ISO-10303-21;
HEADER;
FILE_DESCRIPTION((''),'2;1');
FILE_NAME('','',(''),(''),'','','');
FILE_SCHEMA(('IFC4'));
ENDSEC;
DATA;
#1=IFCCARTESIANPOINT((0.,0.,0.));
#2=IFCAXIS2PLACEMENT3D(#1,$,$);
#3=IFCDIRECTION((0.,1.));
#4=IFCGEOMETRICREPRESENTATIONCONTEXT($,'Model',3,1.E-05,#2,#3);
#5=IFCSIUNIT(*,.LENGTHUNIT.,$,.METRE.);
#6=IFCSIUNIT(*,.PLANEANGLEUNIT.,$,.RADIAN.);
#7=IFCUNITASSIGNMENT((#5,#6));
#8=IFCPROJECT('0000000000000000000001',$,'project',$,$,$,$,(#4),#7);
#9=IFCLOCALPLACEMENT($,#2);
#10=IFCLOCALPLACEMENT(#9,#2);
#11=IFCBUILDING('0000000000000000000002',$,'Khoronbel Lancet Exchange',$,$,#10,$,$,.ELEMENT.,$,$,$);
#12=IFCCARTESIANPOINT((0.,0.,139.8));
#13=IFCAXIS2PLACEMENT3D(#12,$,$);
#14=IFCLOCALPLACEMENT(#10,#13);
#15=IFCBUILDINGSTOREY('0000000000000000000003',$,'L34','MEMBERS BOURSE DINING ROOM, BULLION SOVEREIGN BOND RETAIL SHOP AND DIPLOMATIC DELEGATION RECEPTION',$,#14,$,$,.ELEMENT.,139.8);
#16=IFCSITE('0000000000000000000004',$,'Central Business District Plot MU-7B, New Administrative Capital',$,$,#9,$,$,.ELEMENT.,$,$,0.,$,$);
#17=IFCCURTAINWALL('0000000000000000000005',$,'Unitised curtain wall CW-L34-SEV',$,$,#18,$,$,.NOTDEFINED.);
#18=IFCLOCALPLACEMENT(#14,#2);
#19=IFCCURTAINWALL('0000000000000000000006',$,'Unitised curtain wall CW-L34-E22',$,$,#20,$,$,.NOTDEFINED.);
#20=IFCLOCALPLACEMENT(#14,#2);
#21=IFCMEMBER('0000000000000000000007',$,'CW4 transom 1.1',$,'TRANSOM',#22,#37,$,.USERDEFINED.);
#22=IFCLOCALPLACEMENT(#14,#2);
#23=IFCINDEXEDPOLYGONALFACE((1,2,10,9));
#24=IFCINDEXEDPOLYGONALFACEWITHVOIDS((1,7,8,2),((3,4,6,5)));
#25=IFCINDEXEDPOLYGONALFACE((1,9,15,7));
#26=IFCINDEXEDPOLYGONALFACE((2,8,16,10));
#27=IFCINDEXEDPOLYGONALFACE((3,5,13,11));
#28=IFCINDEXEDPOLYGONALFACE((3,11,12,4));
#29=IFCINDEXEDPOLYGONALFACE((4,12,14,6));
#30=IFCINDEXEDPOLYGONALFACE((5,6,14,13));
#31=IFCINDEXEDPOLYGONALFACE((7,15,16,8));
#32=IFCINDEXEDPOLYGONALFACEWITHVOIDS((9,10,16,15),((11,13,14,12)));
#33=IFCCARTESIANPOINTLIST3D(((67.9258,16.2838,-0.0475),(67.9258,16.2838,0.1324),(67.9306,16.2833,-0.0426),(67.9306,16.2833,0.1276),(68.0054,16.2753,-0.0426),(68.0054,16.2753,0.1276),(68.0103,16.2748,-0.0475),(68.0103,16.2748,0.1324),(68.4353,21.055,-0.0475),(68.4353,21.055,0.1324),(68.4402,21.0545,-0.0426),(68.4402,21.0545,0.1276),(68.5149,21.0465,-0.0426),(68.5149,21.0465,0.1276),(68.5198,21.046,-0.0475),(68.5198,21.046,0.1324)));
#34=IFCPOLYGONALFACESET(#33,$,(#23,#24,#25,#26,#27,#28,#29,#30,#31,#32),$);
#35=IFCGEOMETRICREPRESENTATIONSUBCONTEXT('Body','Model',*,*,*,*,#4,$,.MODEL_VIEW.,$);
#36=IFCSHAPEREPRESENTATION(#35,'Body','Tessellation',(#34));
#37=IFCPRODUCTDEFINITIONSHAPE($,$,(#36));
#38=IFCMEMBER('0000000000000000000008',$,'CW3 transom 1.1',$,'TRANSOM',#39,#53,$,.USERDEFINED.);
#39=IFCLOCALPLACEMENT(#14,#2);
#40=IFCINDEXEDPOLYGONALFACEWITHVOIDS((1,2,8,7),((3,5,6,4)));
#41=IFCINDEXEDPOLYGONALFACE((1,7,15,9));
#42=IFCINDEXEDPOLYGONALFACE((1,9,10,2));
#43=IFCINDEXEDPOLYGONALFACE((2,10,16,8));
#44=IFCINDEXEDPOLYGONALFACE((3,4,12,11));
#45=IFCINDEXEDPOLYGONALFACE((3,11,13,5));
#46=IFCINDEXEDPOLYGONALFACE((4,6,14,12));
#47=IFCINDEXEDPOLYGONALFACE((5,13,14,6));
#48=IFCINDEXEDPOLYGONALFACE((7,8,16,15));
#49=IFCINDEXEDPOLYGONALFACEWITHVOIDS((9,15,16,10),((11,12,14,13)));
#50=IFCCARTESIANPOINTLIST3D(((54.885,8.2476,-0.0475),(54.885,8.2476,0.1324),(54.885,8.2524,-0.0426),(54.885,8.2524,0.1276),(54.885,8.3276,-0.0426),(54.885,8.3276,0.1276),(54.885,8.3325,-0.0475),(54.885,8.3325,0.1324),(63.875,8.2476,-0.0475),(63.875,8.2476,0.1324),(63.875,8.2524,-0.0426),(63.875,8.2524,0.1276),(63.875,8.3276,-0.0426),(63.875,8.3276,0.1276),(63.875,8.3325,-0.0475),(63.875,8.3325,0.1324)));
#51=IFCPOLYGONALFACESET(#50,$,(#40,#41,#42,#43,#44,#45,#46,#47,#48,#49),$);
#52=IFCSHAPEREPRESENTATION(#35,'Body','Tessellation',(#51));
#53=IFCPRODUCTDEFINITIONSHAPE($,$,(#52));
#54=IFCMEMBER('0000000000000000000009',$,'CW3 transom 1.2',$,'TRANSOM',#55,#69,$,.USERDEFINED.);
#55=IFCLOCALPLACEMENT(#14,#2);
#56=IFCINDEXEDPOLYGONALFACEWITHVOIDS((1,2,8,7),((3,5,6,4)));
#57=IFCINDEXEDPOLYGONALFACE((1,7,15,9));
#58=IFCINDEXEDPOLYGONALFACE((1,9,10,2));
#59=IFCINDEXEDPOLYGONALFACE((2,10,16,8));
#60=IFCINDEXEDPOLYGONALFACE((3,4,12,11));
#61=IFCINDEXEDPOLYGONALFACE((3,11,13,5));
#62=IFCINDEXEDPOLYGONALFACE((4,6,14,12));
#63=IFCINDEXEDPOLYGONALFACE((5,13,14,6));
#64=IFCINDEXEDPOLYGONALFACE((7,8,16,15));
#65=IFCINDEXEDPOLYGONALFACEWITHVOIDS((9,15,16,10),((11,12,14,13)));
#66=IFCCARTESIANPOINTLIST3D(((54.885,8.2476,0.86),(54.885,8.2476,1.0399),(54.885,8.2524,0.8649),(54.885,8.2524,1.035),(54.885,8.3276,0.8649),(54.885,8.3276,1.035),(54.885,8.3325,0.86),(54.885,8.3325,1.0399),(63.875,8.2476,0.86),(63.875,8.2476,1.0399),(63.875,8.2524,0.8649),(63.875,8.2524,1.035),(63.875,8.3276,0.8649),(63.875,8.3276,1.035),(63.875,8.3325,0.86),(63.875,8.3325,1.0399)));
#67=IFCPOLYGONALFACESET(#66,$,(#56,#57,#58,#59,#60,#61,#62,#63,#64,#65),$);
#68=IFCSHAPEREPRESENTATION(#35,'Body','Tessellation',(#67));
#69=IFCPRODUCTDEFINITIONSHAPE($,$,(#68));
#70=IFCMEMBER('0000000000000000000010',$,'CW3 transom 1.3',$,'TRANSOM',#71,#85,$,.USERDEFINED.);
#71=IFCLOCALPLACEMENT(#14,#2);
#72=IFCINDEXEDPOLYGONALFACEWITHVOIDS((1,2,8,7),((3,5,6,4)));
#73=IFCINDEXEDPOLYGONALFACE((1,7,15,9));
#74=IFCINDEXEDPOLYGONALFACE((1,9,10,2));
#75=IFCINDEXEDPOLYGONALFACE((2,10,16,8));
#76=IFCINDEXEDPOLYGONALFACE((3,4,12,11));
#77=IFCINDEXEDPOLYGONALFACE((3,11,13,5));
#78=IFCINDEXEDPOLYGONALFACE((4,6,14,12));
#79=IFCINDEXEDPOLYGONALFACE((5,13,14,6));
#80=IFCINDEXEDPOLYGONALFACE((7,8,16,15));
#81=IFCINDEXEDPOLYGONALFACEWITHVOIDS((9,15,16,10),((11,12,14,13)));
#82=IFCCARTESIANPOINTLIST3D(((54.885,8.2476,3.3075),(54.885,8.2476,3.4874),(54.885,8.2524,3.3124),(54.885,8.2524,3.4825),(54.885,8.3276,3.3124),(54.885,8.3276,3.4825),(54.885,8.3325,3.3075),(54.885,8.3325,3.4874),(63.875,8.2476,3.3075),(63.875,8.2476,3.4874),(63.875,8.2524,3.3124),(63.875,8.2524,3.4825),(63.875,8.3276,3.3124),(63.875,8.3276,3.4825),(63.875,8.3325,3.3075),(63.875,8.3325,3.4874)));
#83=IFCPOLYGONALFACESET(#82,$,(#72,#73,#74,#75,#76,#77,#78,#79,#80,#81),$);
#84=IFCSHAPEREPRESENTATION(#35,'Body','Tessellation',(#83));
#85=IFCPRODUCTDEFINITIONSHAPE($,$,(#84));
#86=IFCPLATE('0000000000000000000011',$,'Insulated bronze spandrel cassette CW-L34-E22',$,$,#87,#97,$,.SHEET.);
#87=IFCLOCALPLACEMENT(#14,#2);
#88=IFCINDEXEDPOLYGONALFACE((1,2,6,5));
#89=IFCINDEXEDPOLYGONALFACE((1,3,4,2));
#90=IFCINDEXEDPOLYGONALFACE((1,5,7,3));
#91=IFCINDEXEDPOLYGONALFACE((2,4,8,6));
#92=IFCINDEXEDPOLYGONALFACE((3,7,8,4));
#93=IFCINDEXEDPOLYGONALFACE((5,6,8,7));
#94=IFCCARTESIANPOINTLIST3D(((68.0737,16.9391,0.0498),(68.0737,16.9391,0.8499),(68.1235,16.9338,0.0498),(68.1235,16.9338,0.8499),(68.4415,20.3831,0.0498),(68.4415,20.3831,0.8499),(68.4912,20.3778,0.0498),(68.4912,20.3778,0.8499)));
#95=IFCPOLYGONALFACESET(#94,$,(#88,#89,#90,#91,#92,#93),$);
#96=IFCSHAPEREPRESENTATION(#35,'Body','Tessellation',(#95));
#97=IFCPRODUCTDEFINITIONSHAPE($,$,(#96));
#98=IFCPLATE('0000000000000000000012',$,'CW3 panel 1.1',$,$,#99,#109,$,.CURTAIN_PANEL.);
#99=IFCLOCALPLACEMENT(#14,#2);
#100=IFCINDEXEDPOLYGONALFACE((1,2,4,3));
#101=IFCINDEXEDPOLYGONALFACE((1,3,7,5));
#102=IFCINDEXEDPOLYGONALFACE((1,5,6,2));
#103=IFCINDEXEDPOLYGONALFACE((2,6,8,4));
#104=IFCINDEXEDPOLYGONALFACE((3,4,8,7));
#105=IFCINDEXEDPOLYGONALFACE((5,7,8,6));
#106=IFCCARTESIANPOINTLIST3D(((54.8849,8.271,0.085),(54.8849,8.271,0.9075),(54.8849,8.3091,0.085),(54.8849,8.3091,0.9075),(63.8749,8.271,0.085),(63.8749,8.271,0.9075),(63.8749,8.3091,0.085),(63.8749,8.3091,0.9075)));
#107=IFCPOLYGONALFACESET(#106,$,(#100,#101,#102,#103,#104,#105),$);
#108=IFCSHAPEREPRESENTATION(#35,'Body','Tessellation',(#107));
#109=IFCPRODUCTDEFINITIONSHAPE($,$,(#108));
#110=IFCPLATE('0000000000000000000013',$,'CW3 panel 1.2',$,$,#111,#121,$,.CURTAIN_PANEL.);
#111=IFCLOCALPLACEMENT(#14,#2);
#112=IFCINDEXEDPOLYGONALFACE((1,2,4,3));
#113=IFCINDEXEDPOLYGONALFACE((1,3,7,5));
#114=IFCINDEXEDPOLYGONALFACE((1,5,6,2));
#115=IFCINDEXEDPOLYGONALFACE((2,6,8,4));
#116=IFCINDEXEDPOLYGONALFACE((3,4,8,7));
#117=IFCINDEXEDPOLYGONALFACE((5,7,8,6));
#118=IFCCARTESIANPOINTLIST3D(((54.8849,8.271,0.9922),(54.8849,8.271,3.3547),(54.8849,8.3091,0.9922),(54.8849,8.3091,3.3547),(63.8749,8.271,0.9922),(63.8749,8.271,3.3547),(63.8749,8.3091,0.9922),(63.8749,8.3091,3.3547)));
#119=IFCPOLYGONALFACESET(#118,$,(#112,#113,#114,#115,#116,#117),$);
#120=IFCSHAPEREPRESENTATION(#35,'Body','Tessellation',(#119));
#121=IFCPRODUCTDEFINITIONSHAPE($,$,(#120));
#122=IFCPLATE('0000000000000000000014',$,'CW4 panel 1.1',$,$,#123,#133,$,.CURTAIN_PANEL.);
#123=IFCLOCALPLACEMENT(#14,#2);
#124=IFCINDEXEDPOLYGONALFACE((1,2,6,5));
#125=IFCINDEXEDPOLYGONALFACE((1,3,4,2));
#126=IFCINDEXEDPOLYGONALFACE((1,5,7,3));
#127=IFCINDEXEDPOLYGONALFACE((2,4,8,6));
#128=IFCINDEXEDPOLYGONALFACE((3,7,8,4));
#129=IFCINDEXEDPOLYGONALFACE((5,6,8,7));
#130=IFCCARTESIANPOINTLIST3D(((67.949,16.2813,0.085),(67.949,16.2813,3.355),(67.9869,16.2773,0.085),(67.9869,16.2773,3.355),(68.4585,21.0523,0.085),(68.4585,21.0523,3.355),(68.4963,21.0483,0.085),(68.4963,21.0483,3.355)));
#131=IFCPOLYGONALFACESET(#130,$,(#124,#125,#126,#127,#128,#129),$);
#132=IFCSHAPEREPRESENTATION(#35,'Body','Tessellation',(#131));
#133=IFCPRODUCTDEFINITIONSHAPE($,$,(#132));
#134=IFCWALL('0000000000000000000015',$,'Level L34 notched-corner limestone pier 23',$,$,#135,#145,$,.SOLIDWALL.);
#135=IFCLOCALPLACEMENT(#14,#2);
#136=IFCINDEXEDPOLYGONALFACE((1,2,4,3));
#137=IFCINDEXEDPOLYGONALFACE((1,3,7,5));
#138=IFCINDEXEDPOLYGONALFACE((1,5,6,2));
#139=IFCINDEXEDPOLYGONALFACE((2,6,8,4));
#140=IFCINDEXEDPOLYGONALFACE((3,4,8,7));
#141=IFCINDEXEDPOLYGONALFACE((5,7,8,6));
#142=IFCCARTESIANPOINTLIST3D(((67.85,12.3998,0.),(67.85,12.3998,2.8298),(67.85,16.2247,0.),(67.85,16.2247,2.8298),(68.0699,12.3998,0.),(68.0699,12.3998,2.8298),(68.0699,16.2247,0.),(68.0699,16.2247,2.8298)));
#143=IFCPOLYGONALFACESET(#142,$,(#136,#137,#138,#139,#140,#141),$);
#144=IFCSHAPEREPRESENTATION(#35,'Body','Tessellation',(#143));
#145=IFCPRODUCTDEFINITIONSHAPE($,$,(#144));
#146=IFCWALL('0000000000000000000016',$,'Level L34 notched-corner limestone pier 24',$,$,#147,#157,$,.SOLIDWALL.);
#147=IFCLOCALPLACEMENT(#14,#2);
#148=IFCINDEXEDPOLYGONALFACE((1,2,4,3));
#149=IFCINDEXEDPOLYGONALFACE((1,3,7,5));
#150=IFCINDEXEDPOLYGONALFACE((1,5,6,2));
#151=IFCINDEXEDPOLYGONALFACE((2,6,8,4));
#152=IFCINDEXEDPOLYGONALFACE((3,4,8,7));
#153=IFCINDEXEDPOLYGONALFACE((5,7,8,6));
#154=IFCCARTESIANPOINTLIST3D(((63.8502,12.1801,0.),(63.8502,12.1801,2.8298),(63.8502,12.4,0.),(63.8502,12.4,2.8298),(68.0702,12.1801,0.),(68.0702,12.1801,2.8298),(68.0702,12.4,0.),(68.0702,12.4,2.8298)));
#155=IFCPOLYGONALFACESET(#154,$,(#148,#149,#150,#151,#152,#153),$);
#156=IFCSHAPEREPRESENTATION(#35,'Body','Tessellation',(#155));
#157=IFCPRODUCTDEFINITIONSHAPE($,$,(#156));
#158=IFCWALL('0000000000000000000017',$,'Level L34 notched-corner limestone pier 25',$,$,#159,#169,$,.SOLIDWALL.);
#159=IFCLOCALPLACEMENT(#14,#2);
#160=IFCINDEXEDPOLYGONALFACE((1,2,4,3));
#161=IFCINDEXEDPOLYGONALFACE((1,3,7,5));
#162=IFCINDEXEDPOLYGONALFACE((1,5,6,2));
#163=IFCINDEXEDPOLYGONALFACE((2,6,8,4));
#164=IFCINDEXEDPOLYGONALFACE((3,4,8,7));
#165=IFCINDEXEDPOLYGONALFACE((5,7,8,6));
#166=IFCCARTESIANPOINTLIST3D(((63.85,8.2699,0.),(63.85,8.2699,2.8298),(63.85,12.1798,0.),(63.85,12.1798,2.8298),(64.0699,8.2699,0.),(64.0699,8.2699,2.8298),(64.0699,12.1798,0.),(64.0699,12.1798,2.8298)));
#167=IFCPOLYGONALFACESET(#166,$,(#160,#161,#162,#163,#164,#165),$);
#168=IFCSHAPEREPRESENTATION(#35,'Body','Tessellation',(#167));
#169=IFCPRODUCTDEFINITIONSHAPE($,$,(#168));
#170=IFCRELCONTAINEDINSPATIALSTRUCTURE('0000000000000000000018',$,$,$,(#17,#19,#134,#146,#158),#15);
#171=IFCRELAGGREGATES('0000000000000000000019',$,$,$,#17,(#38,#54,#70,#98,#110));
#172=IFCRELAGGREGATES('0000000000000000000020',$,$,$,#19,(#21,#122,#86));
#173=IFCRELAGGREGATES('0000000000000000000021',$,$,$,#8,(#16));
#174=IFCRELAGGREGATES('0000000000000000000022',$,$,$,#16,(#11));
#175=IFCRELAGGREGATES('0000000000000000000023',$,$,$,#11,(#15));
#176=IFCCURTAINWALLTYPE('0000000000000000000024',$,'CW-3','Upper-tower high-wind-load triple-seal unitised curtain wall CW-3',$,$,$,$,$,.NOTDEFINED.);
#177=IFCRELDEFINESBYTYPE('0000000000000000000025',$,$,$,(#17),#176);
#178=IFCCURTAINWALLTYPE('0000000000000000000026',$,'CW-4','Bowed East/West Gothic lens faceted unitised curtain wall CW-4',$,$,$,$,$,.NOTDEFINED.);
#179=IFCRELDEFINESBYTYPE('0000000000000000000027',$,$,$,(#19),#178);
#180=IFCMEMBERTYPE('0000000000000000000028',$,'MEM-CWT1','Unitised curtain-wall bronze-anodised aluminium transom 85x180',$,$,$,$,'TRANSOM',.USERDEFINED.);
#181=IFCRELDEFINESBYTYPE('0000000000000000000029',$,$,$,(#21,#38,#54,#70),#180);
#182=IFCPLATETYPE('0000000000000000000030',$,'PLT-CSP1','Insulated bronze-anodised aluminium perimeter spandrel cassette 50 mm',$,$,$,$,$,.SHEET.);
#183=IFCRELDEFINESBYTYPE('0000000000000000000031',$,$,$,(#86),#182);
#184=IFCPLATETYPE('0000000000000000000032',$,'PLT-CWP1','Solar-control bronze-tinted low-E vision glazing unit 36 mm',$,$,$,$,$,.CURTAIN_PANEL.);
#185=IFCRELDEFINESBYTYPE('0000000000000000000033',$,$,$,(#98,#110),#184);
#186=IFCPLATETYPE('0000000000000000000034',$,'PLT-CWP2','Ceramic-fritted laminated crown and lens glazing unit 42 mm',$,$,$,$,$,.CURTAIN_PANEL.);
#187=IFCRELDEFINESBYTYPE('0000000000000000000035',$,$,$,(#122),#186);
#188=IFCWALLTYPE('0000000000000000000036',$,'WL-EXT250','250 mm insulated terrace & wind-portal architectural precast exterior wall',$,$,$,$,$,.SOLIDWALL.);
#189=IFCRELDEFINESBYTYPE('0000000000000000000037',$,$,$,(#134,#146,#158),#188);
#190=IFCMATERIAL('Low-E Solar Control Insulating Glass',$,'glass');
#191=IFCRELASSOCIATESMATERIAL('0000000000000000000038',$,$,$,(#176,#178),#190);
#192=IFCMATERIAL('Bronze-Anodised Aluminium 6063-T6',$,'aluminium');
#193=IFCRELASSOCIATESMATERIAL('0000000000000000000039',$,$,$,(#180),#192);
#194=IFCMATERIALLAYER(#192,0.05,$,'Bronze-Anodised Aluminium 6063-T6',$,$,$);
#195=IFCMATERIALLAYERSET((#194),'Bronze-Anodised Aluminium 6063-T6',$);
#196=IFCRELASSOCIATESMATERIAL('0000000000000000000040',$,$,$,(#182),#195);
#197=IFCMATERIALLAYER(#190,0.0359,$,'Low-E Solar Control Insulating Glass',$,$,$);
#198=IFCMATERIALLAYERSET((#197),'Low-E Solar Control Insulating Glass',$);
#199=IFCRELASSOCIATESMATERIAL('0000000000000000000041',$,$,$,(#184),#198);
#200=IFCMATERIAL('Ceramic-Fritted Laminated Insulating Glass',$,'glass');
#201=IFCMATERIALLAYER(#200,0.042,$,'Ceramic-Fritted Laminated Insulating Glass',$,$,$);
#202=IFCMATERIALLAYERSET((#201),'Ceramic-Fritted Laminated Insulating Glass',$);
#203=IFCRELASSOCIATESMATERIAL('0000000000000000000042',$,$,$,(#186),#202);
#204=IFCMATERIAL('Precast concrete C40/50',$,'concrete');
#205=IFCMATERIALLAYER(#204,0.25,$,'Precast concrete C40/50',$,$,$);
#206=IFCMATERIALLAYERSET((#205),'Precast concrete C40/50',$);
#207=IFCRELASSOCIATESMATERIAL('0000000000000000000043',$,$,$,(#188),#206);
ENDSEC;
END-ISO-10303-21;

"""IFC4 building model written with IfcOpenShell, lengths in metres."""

from ifc_helpers import new_model, si_unit, direction, frame, frame_2d, origin, origin_2d, place, context, subcontext, project, spatial, rectangle, hollow_rectangle, extrude, material, layer, layer_set, material_profile, profile_set, type_object, element, aggregate, save


model = new_model("IFC4")

# Units and contexts
model_context = context("Model", 3, precision=1e-05, world=origin(), true_north=direction((0.0, 1.0)))
body_context = subcontext(model_context, "Body", "Model", "MODEL_VIEW")
ifc_project = project(units=[si_unit("LENGTHUNIT", "METRE"), si_unit("PLANEANGLEUNIT", "RADIAN")], contexts=[model_context])

# Site, building, storey
site_placement = place(None, origin())
site = spatial("IfcSite", under=ifc_project, at=site_placement, Name="Central Business District Plot MU-7B, New Administrative Capital", CompositionType="ELEMENT", RefElevation=0.0)
building_placement = place(site_placement, origin())
building = spatial("IfcBuilding", under=site, at=building_placement, Name="Khoronbel Lancet Exchange", CompositionType="ELEMENT")
storey_placement = place(building_placement, frame((0.0, 0.0, 139.8)))
storey = spatial("IfcBuildingStorey", under=building, at=storey_placement, Name="L34", Description="MEMBERS BOURSE DINING ROOM, BULLION SOVEREIGN BOND RETAIL SHOP AND DIPLOMATIC DELEGATION RECEPTION", CompositionType="ELEMENT", Elevation=139.8)

# Shared definitions
ifc_material_1 = material(Name="Low-E Solar Control Insulating Glass", Category="glass")
curtain_wall_type_1 = type_object("IfcCurtainWallType", Name="CW-3", Description="Upper-tower high-wind-load triple-seal unitised curtain wall CW-3", PredefinedType="NOTDEFINED", material=ifc_material_1)
ifc_material_2 = material(Name="Bronze-Anodised Aluminium 6063-T6", Category="aluminium")

# Curtain walls, member
curtain_wall_1_placement = place(storey_placement, origin())
curtain_wall_1 = element("IfcCurtainWall", 1, at=curtain_wall_1_placement, inside=storey, type_object=curtain_wall_type_1, Name="Unitised curtain wall CW-L34-SEV", PredefinedType="NOTDEFINED")
curtain_wall_type_2 = type_object("IfcCurtainWallType", Name="CW-4", Description="Bowed East/West Gothic lens faceted unitised curtain wall CW-4", PredefinedType="NOTDEFINED", material=ifc_material_1)
curtain_wall_2_placement = place(storey_placement, origin())
curtain_wall_2 = element("IfcCurtainWall", 2, at=curtain_wall_2_placement, inside=storey, type_object=curtain_wall_type_2, Name="Unitised curtain wall CW-L34-E22", PredefinedType="NOTDEFINED")
ifc_material_profile_1 = material_profile(ifc_material_2, hollow_rectangle(XDim=0.085, YDim=0.1799, WallThickness=0.0049, at=origin_2d()), Name="ALU TRANSOM 85x180")
ifc_profile_set_1 = profile_set([ifc_material_profile_1], Name="Bronze-Anodised Aluminium 6063-T6")
member_type_1 = type_object("IfcMemberType", Name="MEM-CWT1", Description="Unitised curtain-wall bronze-anodised aluminium transom 85x180", ElementType="TRANSOM", PredefinedType="USERDEFINED", material=ifc_profile_set_1)
member_1_placement = place(storey_placement, frame((68.4775, 21.0505, 0.0425), z_axis=(-0.106186, -0.994346, 0.0), x_axis=(0.994346, -0.106186, 0.0)))
member_1 = element("IfcMember", 3, at=member_1_placement, type_object=member_type_1, Name="CW4 transom 1.1", ObjectType="TRANSOM", PredefinedType="USERDEFINED", context=body_context, shape_type="SweptSolid", body=[
    extrude(hollow_rectangle(XDim=0.085, YDim=0.1799, WallThickness=0.0049, at=origin_2d()), origin(), (0.0, 0.0, 1.0), 4.7983),
])

# Members
member_2_placement = place(storey_placement, frame((54.885, 8.29, 0.0425), z_axis=(1.0, 0.0, 0.0), x_axis=(0.0, 1.0, 0.0)))
member_2 = element("IfcMember", 4, at=member_2_placement, type_object=member_type_1, Name="CW3 transom 1.1", ObjectType="TRANSOM", PredefinedType="USERDEFINED", context=body_context, shape_type="SweptSolid", body=[
    extrude(hollow_rectangle(XDim=0.085, YDim=0.1799, WallThickness=0.0049, at=origin_2d()), origin(), (0.0, 0.0, 1.0), 8.99),
])
member_3_placement = place(storey_placement, frame((54.885, 8.29, 0.95), z_axis=(1.0, 0.0, 0.0), x_axis=(0.0, 1.0, 0.0)))
member_3 = element("IfcMember", 5, at=member_3_placement, type_object=member_type_1, Name="CW3 transom 1.2", ObjectType="TRANSOM", PredefinedType="USERDEFINED", context=body_context, shape_type="SweptSolid", body=[
    extrude(hollow_rectangle(XDim=0.085, YDim=0.1799, WallThickness=0.0049, at=origin_2d()), origin(), (0.0, 0.0, 1.0), 8.99),
])
member_4_placement = place(storey_placement, frame((54.885, 8.29, 3.3975), z_axis=(1.0, 0.0, 0.0), x_axis=(0.0, 1.0, 0.0)))
member_4 = element("IfcMember", 6, at=member_4_placement, type_object=member_type_1, Name="CW3 transom 1.3", ObjectType="TRANSOM", PredefinedType="USERDEFINED", context=body_context, shape_type="SweptSolid", body=[
    extrude(hollow_rectangle(XDim=0.085, YDim=0.1799, WallThickness=0.0049, at=origin_2d()), origin(), (0.0, 0.0, 1.0), 8.99),
])

# Plates
ifc_layer_1 = layer(ifc_material_2, 0.05, Name="Bronze-Anodised Aluminium 6063-T6")
ifc_layer_set_1 = layer_set([ifc_layer_1], Name="Bronze-Anodised Aluminium 6063-T6")
plate_type_1 = type_object("IfcPlateType", Name="PLT-CSP1", Description="Insulated bronze-anodised aluminium perimeter spandrel cassette 50 mm", PredefinedType="SHEET", material=ifc_layer_set_1)
plate_1_placement = place(storey_placement, frame((68.2825, 18.6584, 0.0498), z_axis=(0.0, 0.0, 1.0), x_axis=(-0.106181, -0.994347, 0.0)))
plate_1 = element("IfcPlate", 7, at=plate_1_placement, type_object=plate_type_1, Name="Insulated bronze spandrel cassette CW-L34-E22", PredefinedType="SHEET", context=body_context, shape_type="SweptSolid", body=[
    extrude(rectangle(XDim=3.4636, YDim=0.05, at=origin_2d()), origin(), (0.0, 0.0, 1.0), 0.8),
])
ifc_layer_2 = layer(ifc_material_1, 0.0359, Name="Low-E Solar Control Insulating Glass")
ifc_layer_set_2 = layer_set([ifc_layer_2], Name="Low-E Solar Control Insulating Glass")
plate_type_2 = type_object("IfcPlateType", Name="PLT-CWP1", Description="Solar-control bronze-tinted low-E vision glazing unit 36 mm", PredefinedType="CURTAIN_PANEL", material=ifc_layer_set_2)
plate_2_placement = place(storey_placement, frame((59.3799, 8.29, 0.085), z_axis=(0.0, 0.0, 1.0), x_axis=(1.0, 0.0, 0.0)))
plate_2 = element("IfcPlate", 8, at=plate_2_placement, type_object=plate_type_2, Name="CW3 panel 1.1", PredefinedType="CURTAIN_PANEL", context=body_context, shape_type="SweptSolid", body=[
    extrude(rectangle(XDim=8.99, YDim=0.0381, at=origin_2d()), origin(), (0.0, 0.0, 1.0), 0.8225),
])
plate_3_placement = place(storey_placement, frame((59.3799, 8.29, 0.9922), z_axis=(0.0, 0.0, 1.0), x_axis=(1.0, 0.0, 0.0)))
plate_3 = element("IfcPlate", 9, at=plate_3_placement, type_object=plate_type_2, Name="CW3 panel 1.2", PredefinedType="CURTAIN_PANEL", context=body_context, shape_type="SweptSolid", body=[
    extrude(rectangle(XDim=8.99, YDim=0.0381, at=origin_2d()), origin(), (0.0, 0.0, 1.0), 2.3625),
])
aggregate(curtain_wall_1, [member_2, member_3, member_4, plate_2, plate_3])
ifc_material_3 = material(Name="Ceramic-Fritted Laminated Insulating Glass", Category="glass")
ifc_layer_3 = layer(ifc_material_3, 0.042, Name="Ceramic-Fritted Laminated Insulating Glass")
ifc_layer_set_3 = layer_set([ifc_layer_3], Name="Ceramic-Fritted Laminated Insulating Glass")
plate_type_3 = type_object("IfcPlateType", Name="PLT-CWP2", Description="Ceramic-fritted laminated crown and lens glazing unit 42 mm", PredefinedType="CURTAIN_PANEL", material=ifc_layer_set_3)
plate_4_placement = place(storey_placement, frame((68.2227, 18.6648, 0.085), z_axis=(0.0, 0.0, 1.0), x_axis=(-0.106181, -0.994347, 0.0)))
plate_4 = element("IfcPlate", 10, at=plate_4_placement, type_object=plate_type_3, Name="CW4 panel 1.1", PredefinedType="CURTAIN_PANEL", context=body_context, shape_type="SweptSolid", body=[
    extrude(rectangle(XDim=4.7981, YDim=0.0381, at=origin_2d()), origin(), (0.0, 0.0, 1.0), 3.27),
])
aggregate(curtain_wall_2, [member_1, plate_4, plate_1])

# Walls
ifc_material_4 = material(Name="Precast concrete C40/50", Category="concrete")
ifc_layer_4 = layer(ifc_material_4, 0.25, Name="Precast concrete C40/50")
ifc_layer_set_4 = layer_set([ifc_layer_4], Name="Precast concrete C40/50")
wall_type_1 = type_object("IfcWallType", Name="WL-EXT250", Description="250 mm insulated terrace & wind-portal architectural precast exterior wall", PredefinedType="SOLIDWALL", material=ifc_layer_set_4)
wall_1_placement = place(storey_placement, frame((67.96, 16.2249, 0.0), z_axis=(0.0, 0.0, 1.0), x_axis=(0.0, -1.0, 0.0)))
element("IfcWall", 11, at=wall_1_placement, inside=storey, type_object=wall_type_1, Name="Level L34 notched-corner limestone pier 23", PredefinedType="SOLIDWALL", context=body_context, shape_type="SweptSolid", body=[
    extrude(rectangle(XDim=3.825, YDim=0.22, at=frame_2d((1.9126, 0.0))), origin(), (0.0, 0.0, 1.0), 2.8298),
])
wall_2_placement = place(storey_placement, frame((68.0701, 12.29, 0.0), z_axis=(0.0, 0.0, 1.0), x_axis=(-1.0, 0.0, 0.0)))
element("IfcWall", 12, at=wall_2_placement, inside=storey, type_object=wall_type_1, Name="Level L34 notched-corner limestone pier 24", PredefinedType="SOLIDWALL", context=body_context, shape_type="SweptSolid", body=[
    extrude(rectangle(XDim=4.22, YDim=0.22, at=frame_2d((2.1099, 0.0))), origin(), (0.0, 0.0, 1.0), 2.8298),
])
wall_3_placement = place(storey_placement, frame((63.96, 12.1799, 0.0), z_axis=(0.0, 0.0, 1.0), x_axis=(0.0, -1.0, 0.0)))
element("IfcWall", 13, at=wall_3_placement, inside=storey, type_object=wall_type_1, Name="Level L34 notched-corner limestone pier 25", PredefinedType="SOLIDWALL", context=body_context, shape_type="SweptSolid", body=[
    extrude(rectangle(XDim=3.9099, YDim=0.22, at=frame_2d((1.9551, 0.0))), origin(), (0.0, 0.0, 1.0), 2.8298),
])

save(model, "model.ifc")
